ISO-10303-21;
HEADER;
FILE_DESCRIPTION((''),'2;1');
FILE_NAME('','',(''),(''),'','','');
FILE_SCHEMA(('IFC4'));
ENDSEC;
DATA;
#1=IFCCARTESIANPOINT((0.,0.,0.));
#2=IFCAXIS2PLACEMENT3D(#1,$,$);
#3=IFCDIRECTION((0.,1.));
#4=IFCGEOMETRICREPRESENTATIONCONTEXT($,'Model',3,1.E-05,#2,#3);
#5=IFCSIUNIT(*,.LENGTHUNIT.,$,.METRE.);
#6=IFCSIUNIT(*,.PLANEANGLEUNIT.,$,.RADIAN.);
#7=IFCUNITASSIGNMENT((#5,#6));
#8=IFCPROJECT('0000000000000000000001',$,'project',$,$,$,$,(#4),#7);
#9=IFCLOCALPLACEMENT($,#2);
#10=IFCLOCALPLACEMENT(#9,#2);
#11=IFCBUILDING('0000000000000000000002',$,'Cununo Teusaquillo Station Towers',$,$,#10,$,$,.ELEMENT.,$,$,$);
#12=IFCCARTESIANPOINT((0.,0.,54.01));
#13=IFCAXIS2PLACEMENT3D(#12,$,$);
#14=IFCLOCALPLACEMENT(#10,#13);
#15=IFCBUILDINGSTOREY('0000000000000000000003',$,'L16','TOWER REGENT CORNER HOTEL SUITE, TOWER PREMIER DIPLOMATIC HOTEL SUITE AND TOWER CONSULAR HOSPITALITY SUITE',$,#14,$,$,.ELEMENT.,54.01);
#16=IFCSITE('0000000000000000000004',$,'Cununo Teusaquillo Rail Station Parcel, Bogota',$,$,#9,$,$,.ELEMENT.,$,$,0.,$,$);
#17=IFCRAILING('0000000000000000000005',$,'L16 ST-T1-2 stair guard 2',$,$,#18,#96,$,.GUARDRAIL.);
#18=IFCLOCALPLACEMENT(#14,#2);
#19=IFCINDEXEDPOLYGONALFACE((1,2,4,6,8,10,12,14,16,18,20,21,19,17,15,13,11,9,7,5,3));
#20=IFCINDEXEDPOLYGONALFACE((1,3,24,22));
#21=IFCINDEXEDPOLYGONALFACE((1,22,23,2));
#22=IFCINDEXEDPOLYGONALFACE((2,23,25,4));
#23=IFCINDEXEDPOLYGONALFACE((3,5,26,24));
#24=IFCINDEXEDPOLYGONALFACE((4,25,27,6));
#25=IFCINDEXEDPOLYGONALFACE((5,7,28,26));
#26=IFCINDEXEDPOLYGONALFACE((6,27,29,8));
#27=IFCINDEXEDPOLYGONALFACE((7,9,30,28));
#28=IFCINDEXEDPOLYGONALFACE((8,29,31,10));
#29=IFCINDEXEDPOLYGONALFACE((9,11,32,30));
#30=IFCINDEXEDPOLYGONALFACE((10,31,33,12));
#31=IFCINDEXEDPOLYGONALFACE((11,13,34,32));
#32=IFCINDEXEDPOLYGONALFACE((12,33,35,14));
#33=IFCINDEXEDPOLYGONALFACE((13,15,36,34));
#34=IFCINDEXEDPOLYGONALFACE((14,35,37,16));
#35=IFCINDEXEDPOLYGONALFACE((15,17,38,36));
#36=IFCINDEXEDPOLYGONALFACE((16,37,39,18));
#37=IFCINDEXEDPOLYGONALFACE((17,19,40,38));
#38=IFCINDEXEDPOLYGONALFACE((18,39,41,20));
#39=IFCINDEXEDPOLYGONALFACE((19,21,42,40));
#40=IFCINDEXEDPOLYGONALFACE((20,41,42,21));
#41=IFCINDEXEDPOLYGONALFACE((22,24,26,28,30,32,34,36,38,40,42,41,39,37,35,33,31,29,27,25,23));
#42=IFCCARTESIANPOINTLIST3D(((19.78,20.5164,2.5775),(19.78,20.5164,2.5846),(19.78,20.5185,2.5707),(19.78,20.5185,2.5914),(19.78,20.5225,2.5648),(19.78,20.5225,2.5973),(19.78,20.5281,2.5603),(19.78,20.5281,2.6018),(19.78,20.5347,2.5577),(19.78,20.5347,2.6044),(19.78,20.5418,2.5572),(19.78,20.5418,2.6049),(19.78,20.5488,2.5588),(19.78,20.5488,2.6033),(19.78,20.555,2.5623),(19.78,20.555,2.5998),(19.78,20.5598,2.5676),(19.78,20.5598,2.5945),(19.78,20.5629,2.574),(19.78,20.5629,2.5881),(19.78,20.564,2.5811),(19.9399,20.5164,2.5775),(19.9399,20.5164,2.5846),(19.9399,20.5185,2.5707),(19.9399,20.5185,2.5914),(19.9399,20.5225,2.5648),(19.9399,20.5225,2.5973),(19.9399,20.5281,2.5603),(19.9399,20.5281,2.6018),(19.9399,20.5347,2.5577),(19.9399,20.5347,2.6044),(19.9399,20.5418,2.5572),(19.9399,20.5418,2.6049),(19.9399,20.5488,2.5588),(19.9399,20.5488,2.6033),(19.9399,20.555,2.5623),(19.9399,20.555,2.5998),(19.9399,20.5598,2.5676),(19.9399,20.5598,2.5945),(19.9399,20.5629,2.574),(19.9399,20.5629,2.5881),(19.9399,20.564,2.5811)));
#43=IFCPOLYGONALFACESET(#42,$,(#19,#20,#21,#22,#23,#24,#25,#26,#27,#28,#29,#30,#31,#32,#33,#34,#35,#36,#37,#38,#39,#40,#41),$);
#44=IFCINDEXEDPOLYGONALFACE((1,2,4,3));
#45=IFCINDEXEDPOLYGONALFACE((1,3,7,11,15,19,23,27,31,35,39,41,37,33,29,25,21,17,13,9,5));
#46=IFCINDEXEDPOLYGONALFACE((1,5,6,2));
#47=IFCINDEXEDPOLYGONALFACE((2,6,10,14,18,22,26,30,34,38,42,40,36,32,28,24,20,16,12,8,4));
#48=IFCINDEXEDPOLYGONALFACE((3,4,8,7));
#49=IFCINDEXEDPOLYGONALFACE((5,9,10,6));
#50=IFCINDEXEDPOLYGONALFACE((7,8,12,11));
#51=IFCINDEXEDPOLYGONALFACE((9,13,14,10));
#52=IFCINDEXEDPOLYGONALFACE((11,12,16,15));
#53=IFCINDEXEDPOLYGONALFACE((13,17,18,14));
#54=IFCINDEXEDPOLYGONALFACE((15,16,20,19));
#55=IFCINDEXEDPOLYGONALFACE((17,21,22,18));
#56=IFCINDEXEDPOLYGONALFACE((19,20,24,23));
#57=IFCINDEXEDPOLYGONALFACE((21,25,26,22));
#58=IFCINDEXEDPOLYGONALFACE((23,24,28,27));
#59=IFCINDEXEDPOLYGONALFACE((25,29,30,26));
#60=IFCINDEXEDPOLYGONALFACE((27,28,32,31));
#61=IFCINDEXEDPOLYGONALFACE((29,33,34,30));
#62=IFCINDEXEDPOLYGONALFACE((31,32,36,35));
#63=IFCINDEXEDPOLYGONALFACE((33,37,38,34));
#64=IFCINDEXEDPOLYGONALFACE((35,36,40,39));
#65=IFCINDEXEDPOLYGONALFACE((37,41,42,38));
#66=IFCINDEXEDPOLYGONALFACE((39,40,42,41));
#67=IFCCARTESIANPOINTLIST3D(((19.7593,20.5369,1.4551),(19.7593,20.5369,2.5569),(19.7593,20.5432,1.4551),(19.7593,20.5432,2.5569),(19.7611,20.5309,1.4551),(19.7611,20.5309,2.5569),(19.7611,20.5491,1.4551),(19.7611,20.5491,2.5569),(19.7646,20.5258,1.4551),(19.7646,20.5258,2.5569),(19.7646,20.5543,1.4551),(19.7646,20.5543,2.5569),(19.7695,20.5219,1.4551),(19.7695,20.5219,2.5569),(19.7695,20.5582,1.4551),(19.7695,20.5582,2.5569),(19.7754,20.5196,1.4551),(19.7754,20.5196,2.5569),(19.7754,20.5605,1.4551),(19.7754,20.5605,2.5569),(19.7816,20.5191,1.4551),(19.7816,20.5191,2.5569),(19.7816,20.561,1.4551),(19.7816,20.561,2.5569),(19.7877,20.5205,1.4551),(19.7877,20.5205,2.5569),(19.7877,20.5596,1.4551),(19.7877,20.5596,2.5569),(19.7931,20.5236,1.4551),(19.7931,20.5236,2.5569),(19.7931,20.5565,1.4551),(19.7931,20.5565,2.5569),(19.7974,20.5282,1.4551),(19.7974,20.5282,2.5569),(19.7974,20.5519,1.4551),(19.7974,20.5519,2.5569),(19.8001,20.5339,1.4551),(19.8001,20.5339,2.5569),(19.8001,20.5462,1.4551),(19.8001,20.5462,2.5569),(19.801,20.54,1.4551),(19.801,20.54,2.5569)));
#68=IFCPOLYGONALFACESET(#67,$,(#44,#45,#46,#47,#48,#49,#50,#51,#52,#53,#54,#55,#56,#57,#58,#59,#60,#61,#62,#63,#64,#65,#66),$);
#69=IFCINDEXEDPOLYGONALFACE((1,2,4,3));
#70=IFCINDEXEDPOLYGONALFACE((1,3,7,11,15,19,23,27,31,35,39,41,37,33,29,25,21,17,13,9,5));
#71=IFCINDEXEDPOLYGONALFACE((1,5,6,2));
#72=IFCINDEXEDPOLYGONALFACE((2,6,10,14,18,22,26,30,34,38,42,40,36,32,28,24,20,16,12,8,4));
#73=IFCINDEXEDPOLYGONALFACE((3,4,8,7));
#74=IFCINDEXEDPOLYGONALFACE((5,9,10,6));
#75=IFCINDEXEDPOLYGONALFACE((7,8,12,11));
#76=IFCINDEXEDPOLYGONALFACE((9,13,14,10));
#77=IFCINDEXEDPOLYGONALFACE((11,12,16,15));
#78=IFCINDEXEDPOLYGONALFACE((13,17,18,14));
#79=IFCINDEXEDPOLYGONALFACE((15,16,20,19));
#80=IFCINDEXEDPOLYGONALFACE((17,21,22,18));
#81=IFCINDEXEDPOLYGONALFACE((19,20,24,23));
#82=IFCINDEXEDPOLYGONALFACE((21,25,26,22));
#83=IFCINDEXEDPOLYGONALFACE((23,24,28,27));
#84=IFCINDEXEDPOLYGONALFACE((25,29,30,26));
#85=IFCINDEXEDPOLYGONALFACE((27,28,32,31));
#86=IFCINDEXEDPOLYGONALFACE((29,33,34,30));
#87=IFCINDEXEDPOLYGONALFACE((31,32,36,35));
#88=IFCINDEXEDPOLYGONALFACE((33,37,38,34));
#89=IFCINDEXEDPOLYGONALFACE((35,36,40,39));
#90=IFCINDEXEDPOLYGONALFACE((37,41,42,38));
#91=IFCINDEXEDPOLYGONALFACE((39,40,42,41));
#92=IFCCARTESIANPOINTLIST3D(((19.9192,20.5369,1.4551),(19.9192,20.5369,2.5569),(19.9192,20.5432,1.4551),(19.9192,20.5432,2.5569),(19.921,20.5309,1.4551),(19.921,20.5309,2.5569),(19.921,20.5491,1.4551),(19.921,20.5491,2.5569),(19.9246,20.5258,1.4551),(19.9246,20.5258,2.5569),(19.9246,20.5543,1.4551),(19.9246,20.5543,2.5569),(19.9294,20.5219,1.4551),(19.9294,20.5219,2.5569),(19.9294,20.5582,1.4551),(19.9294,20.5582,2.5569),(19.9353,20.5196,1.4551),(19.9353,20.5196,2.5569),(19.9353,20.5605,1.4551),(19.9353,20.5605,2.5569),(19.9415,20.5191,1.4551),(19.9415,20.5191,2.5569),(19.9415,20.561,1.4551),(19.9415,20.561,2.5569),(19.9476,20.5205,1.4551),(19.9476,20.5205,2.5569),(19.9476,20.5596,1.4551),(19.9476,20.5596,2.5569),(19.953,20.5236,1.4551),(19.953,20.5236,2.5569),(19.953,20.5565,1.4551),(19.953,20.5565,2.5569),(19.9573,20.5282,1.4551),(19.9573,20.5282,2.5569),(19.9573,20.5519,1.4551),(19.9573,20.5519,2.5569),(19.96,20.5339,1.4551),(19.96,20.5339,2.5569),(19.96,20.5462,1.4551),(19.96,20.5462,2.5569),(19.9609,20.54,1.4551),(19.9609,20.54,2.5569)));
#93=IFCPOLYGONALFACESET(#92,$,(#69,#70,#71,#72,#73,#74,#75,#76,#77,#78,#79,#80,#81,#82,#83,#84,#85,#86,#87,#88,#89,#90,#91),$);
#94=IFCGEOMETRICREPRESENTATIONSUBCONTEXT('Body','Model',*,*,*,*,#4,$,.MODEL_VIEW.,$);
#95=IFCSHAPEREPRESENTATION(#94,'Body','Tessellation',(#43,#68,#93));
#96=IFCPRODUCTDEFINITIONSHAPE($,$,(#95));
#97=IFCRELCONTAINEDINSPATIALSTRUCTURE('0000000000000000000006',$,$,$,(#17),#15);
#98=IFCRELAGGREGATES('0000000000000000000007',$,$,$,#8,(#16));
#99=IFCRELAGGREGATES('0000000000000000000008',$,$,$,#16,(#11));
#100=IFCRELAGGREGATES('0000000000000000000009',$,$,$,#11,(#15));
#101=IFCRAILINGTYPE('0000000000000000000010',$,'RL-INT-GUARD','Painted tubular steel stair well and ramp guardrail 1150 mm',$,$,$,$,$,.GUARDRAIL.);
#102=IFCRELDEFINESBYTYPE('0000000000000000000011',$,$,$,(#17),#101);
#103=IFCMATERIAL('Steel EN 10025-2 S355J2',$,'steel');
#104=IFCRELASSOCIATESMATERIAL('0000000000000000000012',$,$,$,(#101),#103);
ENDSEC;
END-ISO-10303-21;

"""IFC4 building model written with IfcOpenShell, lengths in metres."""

from ifc_helpers import new_model, si_unit, direction, frame, origin, origin_2d, place, context, subcontext, project, spatial, circle, extrude, material, type_object, element, save


model = new_model("IFC4")

# Units and contexts
model_context = context("Model", 3, precision=1e-05, world=origin(), true_north=direction((0.0, 1.0)))
body_context = subcontext(model_context, "Body", "Model", "MODEL_VIEW")
ifc_project = project(units=[si_unit("LENGTHUNIT", "METRE"), si_unit("PLANEANGLEUNIT", "RADIAN")], contexts=[model_context])

# Site, building, storey
site_placement = place(None, origin())
site = spatial("IfcSite", under=ifc_project, at=site_placement, Name="Cununo Teusaquillo Rail Station Parcel, Bogota", CompositionType="ELEMENT", RefElevation=0.0)
building_placement = place(site_placement, origin())
building = spatial("IfcBuilding", under=site, at=building_placement, Name="Cununo Teusaquillo Station Towers", CompositionType="ELEMENT")
storey_placement = place(building_placement, frame((0.0, 0.0, 54.01)))
storey = spatial("IfcBuildingStorey", under=building, at=storey_placement, Name="L16", Description="TOWER REGENT CORNER HOTEL SUITE, TOWER PREMIER DIPLOMATIC HOTEL SUITE AND TOWER CONSULAR HOSPITALITY SUITE", CompositionType="ELEMENT", Elevation=54.01)

# Railing
ifc_material_1 = material(Name="Steel EN 10025-2 S355J2", Category="steel")
railing_type_1 = type_object("IfcRailingType", Name="RL-INT-GUARD", Description="Painted tubular steel stair well and ramp guardrail 1150 mm", PredefinedType="GUARDRAIL", material=ifc_material_1)
railing_1_placement = place(storey_placement, frame((19.78, 20.54, 1.4551)))
element("IfcRailing", 1, at=railing_1_placement, inside=storey, type_object=railing_type_1, Name="L16 ST-T1-2 stair guard 2", PredefinedType="GUARDRAIL", context=body_context, shape_type="SweptSolid", body=[
    extrude(circle(Radius=0.0239, at=origin_2d()), frame((0.0, 0.0, 1.126), z_axis=(1.0, 0.0, 0.0), x_axis=(0.0, 1.0, 0.0)), (0.0, 0.0, 1.0), 0.1599),
    extrude(circle(Radius=0.021, at=origin_2d()), origin(), (0.0, 0.0, 1.0), 1.1018),
    extrude(circle(Radius=0.021, at=origin_2d()), frame((0.1599, 0.0, 0.0)), (0.0, 0.0, 1.0), 1.1018),
])

save(model, "model.ifc")
